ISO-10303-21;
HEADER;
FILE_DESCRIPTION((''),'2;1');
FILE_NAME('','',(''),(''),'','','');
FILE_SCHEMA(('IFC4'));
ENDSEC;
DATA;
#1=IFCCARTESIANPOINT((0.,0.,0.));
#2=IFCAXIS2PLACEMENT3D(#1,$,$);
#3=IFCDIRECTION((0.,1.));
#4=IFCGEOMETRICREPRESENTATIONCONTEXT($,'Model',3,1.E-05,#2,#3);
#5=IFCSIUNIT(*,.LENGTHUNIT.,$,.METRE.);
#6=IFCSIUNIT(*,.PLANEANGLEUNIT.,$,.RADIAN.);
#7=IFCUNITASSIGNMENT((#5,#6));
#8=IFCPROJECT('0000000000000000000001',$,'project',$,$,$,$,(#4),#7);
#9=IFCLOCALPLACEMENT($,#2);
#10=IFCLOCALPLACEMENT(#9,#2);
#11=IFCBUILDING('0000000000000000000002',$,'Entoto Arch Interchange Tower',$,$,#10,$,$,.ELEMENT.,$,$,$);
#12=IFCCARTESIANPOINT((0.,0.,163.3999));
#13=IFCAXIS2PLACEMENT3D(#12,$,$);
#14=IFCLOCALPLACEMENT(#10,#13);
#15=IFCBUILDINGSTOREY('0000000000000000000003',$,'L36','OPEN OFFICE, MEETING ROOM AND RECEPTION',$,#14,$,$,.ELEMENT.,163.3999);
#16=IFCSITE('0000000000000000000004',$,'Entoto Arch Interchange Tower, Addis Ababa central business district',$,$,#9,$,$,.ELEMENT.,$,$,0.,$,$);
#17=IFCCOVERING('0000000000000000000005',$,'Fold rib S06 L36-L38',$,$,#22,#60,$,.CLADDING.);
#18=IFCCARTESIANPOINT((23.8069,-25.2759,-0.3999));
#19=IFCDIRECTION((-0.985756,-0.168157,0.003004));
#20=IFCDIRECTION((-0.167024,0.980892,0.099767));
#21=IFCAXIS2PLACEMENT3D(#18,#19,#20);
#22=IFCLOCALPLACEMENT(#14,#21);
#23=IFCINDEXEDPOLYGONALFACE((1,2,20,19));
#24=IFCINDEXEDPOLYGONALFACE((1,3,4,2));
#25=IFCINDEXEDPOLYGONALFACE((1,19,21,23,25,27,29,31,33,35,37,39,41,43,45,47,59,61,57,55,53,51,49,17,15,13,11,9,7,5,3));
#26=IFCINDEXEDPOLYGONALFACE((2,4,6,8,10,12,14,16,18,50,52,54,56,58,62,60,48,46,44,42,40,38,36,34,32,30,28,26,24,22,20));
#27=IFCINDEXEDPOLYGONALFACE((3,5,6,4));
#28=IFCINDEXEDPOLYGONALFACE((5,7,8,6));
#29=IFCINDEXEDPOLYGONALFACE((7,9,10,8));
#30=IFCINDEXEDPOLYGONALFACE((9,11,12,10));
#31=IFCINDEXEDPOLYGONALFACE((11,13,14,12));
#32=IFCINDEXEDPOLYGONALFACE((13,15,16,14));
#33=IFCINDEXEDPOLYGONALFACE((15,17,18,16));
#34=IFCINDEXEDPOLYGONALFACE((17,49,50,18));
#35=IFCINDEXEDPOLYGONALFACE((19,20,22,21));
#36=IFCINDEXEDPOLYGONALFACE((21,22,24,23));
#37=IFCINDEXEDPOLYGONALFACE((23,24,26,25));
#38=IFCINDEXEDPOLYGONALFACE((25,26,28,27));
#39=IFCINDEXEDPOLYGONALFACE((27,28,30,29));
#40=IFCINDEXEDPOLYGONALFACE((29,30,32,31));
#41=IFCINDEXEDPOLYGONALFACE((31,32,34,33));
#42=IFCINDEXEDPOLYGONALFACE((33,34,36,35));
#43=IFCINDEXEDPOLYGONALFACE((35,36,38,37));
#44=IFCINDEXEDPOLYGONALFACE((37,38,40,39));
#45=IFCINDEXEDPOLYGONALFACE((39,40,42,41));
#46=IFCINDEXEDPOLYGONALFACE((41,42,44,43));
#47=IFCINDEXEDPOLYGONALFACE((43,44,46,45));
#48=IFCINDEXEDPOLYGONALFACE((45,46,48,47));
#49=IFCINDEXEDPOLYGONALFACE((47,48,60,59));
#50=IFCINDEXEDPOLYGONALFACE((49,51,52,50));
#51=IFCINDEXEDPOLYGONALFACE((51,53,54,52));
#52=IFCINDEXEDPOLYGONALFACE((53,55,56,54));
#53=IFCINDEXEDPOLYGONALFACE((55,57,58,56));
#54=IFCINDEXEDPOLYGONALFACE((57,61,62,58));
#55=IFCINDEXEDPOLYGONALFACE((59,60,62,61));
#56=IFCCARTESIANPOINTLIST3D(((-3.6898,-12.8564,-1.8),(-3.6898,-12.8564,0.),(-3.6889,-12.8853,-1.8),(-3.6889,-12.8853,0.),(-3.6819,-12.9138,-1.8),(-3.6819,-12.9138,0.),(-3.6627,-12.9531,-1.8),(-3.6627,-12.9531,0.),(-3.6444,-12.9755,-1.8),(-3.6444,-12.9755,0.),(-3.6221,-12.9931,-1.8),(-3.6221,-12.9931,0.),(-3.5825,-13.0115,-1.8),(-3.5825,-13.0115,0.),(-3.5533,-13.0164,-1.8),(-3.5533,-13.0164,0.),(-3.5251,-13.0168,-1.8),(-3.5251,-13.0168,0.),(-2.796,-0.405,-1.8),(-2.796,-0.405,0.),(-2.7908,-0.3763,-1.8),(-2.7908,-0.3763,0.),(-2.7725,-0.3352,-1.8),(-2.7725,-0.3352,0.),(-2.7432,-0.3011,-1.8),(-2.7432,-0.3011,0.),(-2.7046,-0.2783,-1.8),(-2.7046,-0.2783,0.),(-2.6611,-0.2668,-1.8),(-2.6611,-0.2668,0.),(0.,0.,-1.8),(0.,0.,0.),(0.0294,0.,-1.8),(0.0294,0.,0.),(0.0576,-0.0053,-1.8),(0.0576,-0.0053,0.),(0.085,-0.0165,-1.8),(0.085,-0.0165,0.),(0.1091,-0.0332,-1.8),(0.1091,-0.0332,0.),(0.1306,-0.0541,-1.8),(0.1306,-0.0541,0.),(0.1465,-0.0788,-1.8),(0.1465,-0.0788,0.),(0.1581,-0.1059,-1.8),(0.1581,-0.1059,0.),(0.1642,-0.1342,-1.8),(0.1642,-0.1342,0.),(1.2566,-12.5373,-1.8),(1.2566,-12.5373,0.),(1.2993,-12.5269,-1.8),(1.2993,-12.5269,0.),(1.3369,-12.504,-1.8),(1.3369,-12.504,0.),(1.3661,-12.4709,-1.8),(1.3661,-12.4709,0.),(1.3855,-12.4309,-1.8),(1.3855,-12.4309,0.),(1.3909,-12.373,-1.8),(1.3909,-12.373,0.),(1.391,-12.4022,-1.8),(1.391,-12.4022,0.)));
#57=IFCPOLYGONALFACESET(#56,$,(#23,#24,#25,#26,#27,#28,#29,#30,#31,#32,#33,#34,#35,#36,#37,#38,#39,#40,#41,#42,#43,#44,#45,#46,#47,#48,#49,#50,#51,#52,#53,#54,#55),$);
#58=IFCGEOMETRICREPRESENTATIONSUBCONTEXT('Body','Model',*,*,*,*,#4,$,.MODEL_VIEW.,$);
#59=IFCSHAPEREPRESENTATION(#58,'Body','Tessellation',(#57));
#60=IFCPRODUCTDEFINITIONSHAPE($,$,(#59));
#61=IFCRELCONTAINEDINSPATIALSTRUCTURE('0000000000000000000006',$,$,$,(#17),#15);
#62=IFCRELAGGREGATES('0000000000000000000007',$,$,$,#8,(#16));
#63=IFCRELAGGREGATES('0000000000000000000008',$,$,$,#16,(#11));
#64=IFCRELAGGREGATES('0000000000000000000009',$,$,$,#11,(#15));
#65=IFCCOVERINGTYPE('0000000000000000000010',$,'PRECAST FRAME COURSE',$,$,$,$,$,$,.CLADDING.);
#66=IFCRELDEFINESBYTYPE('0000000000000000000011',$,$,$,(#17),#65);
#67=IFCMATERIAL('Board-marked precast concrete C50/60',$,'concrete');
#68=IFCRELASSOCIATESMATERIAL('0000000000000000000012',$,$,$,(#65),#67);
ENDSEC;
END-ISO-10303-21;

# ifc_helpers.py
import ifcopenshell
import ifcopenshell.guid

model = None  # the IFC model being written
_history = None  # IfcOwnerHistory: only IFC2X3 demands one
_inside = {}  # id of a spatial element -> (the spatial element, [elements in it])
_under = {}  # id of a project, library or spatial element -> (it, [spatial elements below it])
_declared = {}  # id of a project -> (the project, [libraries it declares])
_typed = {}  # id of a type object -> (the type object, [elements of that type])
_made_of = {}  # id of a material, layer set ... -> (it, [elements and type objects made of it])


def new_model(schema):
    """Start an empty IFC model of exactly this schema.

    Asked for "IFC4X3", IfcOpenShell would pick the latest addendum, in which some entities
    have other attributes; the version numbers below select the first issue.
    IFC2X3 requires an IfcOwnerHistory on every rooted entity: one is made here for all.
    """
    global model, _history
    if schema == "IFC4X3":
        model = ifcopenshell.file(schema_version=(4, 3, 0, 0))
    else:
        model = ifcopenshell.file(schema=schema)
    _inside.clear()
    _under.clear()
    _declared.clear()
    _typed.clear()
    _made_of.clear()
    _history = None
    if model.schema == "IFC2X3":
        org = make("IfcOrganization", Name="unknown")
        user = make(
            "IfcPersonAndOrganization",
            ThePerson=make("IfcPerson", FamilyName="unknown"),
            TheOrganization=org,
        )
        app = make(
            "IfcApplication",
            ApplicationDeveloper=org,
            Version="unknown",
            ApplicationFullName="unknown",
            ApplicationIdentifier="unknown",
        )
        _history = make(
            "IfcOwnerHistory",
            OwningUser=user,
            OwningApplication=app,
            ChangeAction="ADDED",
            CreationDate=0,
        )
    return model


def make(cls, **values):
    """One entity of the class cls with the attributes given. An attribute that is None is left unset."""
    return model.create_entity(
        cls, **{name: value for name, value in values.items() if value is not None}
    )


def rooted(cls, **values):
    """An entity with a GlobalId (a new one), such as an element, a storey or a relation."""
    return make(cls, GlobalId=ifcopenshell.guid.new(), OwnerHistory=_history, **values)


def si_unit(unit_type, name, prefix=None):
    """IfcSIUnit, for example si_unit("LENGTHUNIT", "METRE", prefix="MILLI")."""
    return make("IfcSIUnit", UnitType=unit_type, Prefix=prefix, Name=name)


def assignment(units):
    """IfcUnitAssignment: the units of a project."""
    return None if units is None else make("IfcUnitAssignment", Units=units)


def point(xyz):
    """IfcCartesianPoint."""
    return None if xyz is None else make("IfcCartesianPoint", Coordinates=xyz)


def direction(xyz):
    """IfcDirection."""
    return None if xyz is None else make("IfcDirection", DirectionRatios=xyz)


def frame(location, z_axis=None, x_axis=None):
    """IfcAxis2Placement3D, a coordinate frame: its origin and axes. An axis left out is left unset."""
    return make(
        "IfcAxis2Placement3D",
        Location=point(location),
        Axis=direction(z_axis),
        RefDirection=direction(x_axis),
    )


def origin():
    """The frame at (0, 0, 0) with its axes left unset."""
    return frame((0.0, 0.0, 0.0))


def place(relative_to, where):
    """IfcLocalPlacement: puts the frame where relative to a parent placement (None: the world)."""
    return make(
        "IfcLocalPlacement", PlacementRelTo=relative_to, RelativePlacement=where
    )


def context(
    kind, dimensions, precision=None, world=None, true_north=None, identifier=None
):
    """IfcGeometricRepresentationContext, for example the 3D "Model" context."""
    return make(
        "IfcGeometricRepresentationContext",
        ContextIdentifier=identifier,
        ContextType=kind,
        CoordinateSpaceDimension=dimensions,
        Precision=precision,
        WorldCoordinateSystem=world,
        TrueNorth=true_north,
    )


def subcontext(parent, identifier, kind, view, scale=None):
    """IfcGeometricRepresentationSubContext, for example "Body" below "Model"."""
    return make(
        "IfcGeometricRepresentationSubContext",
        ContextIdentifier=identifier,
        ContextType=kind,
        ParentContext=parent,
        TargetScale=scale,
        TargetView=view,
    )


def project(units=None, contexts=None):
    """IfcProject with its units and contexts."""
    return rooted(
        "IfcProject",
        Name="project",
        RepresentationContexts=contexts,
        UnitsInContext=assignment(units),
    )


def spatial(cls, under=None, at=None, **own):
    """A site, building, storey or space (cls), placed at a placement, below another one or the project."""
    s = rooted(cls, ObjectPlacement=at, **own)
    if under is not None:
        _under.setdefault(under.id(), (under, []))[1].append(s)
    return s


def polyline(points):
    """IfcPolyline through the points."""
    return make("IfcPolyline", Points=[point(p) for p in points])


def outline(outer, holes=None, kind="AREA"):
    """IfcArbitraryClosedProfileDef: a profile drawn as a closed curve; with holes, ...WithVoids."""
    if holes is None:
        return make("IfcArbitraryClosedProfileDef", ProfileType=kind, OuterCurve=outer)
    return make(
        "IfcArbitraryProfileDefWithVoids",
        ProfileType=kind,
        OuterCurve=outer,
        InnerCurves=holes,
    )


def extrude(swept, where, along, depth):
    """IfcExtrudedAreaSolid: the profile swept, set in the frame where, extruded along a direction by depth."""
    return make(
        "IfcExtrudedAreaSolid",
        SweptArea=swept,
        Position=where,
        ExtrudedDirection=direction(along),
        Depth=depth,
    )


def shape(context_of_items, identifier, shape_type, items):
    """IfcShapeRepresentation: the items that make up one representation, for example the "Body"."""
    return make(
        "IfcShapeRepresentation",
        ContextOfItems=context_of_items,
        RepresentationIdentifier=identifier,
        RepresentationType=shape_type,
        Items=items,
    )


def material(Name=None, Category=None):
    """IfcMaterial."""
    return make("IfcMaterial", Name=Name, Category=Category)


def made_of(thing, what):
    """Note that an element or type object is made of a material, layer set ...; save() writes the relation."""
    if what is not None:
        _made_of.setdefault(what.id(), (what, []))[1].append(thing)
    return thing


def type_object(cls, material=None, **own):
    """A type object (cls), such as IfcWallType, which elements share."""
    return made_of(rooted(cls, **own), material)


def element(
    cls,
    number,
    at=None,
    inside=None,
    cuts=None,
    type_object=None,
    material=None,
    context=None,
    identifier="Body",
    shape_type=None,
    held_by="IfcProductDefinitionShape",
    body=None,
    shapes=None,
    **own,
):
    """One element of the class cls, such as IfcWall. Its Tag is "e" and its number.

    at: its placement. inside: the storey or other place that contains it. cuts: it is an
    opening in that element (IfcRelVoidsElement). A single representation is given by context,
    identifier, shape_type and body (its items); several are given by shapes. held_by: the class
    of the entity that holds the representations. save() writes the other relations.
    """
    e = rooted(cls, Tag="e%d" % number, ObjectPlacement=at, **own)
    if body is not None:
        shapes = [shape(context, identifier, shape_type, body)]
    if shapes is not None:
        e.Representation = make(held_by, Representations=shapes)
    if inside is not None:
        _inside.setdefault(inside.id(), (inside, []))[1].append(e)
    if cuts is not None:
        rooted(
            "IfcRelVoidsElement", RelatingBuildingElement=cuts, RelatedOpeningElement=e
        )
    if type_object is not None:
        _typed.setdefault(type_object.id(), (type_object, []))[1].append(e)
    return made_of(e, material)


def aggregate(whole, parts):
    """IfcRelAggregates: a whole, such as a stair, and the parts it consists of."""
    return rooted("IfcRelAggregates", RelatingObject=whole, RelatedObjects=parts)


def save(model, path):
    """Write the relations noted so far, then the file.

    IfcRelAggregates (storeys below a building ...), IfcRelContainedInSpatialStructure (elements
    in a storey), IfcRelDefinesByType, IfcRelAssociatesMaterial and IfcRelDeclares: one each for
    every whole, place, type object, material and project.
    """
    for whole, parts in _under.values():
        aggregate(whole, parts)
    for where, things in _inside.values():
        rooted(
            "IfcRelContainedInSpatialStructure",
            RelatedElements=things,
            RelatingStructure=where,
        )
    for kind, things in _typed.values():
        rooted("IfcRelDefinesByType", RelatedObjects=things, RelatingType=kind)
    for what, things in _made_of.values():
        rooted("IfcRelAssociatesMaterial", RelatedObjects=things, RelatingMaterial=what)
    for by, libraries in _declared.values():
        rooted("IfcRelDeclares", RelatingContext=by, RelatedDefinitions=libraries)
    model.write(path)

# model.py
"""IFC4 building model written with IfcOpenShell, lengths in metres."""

from ifc_helpers import new_model, si_unit, direction, frame, origin, place, context, subcontext, project, spatial, polyline, outline, extrude, material, type_object, element, save


model = new_model("IFC4")

# Units and contexts
model_context = context("Model", 3, precision=1e-05, world=origin(), true_north=direction((0.0, 1.0)))
body_context = subcontext(model_context, "Body", "Model", "MODEL_VIEW")
ifc_project = project(units=[si_unit("LENGTHUNIT", "METRE"), si_unit("PLANEANGLEUNIT", "RADIAN")], contexts=[model_context])

# Site, building, storey
site_placement = place(None, origin())
site = spatial("IfcSite", under=ifc_project, at=site_placement, Name="Entoto Arch Interchange Tower, Addis Ababa central business district", CompositionType="ELEMENT", RefElevation=0.0)
building_placement = place(site_placement, origin())
building = spatial("IfcBuilding", under=site, at=building_placement, Name="Entoto Arch Interchange Tower", CompositionType="ELEMENT")
storey_placement = place(building_placement, frame((0.0, 0.0, 163.3999)))
storey = spatial("IfcBuildingStorey", under=building, at=storey_placement, Name="L36", Description="OPEN OFFICE, MEETING ROOM AND RECEPTION", CompositionType="ELEMENT", Elevation=163.3999)

# Covering
ifc_material_1 = material(Name="Board-marked precast concrete C50/60", Category="concrete")
covering_type = type_object("IfcCoveringType", Name="PRECAST FRAME COURSE", PredefinedType="CLADDING", material=ifc_material_1)
covering_placement = place(storey_placement, frame((23.8069, -25.2759, -0.3999), z_axis=(-0.985756, -0.168157, 0.003004), x_axis=(-0.167024, 0.980892, 0.099767)))
element("IfcCovering", 1, at=covering_placement, inside=storey, type_object=covering_type, Name="Fold rib S06 L36-L38", PredefinedType="CLADDING", context=body_context, shape_type="SweptSolid", body=[
    extrude(outline(polyline([(0.0, 0.0), (0.0294, 0.0), (0.0576, -0.0053), (0.085, -0.0165), (0.1091, -0.0332), (0.1306, -0.0541), (0.1465, -0.0788), (0.1581, -0.1059), (0.1642, -0.1342), (1.3909, -12.373), (1.391, -12.4022), (1.3855, -12.4309), (1.3661, -12.4709), (1.3369, -12.504), (1.2993, -12.5269), (1.2566, -12.5373), (-3.5251, -13.0168), (-3.5533, -13.0164), (-3.5825, -13.0115), (-3.6221, -12.9931), (-3.6444, -12.9755), (-3.6627, -12.9531), (-3.6819, -12.9138), (-3.6889, -12.8853), (-3.6898, -12.8564), (-2.796, -0.405), (-2.7908, -0.3763), (-2.7725, -0.3352), (-2.7432, -0.3011), (-2.7046, -0.2783), (-2.6611, -0.2668), (0.0, 0.0)])), origin(), (0.0, 0.0, -1.0), 1.8),
])

save(model, "model.ifc")
